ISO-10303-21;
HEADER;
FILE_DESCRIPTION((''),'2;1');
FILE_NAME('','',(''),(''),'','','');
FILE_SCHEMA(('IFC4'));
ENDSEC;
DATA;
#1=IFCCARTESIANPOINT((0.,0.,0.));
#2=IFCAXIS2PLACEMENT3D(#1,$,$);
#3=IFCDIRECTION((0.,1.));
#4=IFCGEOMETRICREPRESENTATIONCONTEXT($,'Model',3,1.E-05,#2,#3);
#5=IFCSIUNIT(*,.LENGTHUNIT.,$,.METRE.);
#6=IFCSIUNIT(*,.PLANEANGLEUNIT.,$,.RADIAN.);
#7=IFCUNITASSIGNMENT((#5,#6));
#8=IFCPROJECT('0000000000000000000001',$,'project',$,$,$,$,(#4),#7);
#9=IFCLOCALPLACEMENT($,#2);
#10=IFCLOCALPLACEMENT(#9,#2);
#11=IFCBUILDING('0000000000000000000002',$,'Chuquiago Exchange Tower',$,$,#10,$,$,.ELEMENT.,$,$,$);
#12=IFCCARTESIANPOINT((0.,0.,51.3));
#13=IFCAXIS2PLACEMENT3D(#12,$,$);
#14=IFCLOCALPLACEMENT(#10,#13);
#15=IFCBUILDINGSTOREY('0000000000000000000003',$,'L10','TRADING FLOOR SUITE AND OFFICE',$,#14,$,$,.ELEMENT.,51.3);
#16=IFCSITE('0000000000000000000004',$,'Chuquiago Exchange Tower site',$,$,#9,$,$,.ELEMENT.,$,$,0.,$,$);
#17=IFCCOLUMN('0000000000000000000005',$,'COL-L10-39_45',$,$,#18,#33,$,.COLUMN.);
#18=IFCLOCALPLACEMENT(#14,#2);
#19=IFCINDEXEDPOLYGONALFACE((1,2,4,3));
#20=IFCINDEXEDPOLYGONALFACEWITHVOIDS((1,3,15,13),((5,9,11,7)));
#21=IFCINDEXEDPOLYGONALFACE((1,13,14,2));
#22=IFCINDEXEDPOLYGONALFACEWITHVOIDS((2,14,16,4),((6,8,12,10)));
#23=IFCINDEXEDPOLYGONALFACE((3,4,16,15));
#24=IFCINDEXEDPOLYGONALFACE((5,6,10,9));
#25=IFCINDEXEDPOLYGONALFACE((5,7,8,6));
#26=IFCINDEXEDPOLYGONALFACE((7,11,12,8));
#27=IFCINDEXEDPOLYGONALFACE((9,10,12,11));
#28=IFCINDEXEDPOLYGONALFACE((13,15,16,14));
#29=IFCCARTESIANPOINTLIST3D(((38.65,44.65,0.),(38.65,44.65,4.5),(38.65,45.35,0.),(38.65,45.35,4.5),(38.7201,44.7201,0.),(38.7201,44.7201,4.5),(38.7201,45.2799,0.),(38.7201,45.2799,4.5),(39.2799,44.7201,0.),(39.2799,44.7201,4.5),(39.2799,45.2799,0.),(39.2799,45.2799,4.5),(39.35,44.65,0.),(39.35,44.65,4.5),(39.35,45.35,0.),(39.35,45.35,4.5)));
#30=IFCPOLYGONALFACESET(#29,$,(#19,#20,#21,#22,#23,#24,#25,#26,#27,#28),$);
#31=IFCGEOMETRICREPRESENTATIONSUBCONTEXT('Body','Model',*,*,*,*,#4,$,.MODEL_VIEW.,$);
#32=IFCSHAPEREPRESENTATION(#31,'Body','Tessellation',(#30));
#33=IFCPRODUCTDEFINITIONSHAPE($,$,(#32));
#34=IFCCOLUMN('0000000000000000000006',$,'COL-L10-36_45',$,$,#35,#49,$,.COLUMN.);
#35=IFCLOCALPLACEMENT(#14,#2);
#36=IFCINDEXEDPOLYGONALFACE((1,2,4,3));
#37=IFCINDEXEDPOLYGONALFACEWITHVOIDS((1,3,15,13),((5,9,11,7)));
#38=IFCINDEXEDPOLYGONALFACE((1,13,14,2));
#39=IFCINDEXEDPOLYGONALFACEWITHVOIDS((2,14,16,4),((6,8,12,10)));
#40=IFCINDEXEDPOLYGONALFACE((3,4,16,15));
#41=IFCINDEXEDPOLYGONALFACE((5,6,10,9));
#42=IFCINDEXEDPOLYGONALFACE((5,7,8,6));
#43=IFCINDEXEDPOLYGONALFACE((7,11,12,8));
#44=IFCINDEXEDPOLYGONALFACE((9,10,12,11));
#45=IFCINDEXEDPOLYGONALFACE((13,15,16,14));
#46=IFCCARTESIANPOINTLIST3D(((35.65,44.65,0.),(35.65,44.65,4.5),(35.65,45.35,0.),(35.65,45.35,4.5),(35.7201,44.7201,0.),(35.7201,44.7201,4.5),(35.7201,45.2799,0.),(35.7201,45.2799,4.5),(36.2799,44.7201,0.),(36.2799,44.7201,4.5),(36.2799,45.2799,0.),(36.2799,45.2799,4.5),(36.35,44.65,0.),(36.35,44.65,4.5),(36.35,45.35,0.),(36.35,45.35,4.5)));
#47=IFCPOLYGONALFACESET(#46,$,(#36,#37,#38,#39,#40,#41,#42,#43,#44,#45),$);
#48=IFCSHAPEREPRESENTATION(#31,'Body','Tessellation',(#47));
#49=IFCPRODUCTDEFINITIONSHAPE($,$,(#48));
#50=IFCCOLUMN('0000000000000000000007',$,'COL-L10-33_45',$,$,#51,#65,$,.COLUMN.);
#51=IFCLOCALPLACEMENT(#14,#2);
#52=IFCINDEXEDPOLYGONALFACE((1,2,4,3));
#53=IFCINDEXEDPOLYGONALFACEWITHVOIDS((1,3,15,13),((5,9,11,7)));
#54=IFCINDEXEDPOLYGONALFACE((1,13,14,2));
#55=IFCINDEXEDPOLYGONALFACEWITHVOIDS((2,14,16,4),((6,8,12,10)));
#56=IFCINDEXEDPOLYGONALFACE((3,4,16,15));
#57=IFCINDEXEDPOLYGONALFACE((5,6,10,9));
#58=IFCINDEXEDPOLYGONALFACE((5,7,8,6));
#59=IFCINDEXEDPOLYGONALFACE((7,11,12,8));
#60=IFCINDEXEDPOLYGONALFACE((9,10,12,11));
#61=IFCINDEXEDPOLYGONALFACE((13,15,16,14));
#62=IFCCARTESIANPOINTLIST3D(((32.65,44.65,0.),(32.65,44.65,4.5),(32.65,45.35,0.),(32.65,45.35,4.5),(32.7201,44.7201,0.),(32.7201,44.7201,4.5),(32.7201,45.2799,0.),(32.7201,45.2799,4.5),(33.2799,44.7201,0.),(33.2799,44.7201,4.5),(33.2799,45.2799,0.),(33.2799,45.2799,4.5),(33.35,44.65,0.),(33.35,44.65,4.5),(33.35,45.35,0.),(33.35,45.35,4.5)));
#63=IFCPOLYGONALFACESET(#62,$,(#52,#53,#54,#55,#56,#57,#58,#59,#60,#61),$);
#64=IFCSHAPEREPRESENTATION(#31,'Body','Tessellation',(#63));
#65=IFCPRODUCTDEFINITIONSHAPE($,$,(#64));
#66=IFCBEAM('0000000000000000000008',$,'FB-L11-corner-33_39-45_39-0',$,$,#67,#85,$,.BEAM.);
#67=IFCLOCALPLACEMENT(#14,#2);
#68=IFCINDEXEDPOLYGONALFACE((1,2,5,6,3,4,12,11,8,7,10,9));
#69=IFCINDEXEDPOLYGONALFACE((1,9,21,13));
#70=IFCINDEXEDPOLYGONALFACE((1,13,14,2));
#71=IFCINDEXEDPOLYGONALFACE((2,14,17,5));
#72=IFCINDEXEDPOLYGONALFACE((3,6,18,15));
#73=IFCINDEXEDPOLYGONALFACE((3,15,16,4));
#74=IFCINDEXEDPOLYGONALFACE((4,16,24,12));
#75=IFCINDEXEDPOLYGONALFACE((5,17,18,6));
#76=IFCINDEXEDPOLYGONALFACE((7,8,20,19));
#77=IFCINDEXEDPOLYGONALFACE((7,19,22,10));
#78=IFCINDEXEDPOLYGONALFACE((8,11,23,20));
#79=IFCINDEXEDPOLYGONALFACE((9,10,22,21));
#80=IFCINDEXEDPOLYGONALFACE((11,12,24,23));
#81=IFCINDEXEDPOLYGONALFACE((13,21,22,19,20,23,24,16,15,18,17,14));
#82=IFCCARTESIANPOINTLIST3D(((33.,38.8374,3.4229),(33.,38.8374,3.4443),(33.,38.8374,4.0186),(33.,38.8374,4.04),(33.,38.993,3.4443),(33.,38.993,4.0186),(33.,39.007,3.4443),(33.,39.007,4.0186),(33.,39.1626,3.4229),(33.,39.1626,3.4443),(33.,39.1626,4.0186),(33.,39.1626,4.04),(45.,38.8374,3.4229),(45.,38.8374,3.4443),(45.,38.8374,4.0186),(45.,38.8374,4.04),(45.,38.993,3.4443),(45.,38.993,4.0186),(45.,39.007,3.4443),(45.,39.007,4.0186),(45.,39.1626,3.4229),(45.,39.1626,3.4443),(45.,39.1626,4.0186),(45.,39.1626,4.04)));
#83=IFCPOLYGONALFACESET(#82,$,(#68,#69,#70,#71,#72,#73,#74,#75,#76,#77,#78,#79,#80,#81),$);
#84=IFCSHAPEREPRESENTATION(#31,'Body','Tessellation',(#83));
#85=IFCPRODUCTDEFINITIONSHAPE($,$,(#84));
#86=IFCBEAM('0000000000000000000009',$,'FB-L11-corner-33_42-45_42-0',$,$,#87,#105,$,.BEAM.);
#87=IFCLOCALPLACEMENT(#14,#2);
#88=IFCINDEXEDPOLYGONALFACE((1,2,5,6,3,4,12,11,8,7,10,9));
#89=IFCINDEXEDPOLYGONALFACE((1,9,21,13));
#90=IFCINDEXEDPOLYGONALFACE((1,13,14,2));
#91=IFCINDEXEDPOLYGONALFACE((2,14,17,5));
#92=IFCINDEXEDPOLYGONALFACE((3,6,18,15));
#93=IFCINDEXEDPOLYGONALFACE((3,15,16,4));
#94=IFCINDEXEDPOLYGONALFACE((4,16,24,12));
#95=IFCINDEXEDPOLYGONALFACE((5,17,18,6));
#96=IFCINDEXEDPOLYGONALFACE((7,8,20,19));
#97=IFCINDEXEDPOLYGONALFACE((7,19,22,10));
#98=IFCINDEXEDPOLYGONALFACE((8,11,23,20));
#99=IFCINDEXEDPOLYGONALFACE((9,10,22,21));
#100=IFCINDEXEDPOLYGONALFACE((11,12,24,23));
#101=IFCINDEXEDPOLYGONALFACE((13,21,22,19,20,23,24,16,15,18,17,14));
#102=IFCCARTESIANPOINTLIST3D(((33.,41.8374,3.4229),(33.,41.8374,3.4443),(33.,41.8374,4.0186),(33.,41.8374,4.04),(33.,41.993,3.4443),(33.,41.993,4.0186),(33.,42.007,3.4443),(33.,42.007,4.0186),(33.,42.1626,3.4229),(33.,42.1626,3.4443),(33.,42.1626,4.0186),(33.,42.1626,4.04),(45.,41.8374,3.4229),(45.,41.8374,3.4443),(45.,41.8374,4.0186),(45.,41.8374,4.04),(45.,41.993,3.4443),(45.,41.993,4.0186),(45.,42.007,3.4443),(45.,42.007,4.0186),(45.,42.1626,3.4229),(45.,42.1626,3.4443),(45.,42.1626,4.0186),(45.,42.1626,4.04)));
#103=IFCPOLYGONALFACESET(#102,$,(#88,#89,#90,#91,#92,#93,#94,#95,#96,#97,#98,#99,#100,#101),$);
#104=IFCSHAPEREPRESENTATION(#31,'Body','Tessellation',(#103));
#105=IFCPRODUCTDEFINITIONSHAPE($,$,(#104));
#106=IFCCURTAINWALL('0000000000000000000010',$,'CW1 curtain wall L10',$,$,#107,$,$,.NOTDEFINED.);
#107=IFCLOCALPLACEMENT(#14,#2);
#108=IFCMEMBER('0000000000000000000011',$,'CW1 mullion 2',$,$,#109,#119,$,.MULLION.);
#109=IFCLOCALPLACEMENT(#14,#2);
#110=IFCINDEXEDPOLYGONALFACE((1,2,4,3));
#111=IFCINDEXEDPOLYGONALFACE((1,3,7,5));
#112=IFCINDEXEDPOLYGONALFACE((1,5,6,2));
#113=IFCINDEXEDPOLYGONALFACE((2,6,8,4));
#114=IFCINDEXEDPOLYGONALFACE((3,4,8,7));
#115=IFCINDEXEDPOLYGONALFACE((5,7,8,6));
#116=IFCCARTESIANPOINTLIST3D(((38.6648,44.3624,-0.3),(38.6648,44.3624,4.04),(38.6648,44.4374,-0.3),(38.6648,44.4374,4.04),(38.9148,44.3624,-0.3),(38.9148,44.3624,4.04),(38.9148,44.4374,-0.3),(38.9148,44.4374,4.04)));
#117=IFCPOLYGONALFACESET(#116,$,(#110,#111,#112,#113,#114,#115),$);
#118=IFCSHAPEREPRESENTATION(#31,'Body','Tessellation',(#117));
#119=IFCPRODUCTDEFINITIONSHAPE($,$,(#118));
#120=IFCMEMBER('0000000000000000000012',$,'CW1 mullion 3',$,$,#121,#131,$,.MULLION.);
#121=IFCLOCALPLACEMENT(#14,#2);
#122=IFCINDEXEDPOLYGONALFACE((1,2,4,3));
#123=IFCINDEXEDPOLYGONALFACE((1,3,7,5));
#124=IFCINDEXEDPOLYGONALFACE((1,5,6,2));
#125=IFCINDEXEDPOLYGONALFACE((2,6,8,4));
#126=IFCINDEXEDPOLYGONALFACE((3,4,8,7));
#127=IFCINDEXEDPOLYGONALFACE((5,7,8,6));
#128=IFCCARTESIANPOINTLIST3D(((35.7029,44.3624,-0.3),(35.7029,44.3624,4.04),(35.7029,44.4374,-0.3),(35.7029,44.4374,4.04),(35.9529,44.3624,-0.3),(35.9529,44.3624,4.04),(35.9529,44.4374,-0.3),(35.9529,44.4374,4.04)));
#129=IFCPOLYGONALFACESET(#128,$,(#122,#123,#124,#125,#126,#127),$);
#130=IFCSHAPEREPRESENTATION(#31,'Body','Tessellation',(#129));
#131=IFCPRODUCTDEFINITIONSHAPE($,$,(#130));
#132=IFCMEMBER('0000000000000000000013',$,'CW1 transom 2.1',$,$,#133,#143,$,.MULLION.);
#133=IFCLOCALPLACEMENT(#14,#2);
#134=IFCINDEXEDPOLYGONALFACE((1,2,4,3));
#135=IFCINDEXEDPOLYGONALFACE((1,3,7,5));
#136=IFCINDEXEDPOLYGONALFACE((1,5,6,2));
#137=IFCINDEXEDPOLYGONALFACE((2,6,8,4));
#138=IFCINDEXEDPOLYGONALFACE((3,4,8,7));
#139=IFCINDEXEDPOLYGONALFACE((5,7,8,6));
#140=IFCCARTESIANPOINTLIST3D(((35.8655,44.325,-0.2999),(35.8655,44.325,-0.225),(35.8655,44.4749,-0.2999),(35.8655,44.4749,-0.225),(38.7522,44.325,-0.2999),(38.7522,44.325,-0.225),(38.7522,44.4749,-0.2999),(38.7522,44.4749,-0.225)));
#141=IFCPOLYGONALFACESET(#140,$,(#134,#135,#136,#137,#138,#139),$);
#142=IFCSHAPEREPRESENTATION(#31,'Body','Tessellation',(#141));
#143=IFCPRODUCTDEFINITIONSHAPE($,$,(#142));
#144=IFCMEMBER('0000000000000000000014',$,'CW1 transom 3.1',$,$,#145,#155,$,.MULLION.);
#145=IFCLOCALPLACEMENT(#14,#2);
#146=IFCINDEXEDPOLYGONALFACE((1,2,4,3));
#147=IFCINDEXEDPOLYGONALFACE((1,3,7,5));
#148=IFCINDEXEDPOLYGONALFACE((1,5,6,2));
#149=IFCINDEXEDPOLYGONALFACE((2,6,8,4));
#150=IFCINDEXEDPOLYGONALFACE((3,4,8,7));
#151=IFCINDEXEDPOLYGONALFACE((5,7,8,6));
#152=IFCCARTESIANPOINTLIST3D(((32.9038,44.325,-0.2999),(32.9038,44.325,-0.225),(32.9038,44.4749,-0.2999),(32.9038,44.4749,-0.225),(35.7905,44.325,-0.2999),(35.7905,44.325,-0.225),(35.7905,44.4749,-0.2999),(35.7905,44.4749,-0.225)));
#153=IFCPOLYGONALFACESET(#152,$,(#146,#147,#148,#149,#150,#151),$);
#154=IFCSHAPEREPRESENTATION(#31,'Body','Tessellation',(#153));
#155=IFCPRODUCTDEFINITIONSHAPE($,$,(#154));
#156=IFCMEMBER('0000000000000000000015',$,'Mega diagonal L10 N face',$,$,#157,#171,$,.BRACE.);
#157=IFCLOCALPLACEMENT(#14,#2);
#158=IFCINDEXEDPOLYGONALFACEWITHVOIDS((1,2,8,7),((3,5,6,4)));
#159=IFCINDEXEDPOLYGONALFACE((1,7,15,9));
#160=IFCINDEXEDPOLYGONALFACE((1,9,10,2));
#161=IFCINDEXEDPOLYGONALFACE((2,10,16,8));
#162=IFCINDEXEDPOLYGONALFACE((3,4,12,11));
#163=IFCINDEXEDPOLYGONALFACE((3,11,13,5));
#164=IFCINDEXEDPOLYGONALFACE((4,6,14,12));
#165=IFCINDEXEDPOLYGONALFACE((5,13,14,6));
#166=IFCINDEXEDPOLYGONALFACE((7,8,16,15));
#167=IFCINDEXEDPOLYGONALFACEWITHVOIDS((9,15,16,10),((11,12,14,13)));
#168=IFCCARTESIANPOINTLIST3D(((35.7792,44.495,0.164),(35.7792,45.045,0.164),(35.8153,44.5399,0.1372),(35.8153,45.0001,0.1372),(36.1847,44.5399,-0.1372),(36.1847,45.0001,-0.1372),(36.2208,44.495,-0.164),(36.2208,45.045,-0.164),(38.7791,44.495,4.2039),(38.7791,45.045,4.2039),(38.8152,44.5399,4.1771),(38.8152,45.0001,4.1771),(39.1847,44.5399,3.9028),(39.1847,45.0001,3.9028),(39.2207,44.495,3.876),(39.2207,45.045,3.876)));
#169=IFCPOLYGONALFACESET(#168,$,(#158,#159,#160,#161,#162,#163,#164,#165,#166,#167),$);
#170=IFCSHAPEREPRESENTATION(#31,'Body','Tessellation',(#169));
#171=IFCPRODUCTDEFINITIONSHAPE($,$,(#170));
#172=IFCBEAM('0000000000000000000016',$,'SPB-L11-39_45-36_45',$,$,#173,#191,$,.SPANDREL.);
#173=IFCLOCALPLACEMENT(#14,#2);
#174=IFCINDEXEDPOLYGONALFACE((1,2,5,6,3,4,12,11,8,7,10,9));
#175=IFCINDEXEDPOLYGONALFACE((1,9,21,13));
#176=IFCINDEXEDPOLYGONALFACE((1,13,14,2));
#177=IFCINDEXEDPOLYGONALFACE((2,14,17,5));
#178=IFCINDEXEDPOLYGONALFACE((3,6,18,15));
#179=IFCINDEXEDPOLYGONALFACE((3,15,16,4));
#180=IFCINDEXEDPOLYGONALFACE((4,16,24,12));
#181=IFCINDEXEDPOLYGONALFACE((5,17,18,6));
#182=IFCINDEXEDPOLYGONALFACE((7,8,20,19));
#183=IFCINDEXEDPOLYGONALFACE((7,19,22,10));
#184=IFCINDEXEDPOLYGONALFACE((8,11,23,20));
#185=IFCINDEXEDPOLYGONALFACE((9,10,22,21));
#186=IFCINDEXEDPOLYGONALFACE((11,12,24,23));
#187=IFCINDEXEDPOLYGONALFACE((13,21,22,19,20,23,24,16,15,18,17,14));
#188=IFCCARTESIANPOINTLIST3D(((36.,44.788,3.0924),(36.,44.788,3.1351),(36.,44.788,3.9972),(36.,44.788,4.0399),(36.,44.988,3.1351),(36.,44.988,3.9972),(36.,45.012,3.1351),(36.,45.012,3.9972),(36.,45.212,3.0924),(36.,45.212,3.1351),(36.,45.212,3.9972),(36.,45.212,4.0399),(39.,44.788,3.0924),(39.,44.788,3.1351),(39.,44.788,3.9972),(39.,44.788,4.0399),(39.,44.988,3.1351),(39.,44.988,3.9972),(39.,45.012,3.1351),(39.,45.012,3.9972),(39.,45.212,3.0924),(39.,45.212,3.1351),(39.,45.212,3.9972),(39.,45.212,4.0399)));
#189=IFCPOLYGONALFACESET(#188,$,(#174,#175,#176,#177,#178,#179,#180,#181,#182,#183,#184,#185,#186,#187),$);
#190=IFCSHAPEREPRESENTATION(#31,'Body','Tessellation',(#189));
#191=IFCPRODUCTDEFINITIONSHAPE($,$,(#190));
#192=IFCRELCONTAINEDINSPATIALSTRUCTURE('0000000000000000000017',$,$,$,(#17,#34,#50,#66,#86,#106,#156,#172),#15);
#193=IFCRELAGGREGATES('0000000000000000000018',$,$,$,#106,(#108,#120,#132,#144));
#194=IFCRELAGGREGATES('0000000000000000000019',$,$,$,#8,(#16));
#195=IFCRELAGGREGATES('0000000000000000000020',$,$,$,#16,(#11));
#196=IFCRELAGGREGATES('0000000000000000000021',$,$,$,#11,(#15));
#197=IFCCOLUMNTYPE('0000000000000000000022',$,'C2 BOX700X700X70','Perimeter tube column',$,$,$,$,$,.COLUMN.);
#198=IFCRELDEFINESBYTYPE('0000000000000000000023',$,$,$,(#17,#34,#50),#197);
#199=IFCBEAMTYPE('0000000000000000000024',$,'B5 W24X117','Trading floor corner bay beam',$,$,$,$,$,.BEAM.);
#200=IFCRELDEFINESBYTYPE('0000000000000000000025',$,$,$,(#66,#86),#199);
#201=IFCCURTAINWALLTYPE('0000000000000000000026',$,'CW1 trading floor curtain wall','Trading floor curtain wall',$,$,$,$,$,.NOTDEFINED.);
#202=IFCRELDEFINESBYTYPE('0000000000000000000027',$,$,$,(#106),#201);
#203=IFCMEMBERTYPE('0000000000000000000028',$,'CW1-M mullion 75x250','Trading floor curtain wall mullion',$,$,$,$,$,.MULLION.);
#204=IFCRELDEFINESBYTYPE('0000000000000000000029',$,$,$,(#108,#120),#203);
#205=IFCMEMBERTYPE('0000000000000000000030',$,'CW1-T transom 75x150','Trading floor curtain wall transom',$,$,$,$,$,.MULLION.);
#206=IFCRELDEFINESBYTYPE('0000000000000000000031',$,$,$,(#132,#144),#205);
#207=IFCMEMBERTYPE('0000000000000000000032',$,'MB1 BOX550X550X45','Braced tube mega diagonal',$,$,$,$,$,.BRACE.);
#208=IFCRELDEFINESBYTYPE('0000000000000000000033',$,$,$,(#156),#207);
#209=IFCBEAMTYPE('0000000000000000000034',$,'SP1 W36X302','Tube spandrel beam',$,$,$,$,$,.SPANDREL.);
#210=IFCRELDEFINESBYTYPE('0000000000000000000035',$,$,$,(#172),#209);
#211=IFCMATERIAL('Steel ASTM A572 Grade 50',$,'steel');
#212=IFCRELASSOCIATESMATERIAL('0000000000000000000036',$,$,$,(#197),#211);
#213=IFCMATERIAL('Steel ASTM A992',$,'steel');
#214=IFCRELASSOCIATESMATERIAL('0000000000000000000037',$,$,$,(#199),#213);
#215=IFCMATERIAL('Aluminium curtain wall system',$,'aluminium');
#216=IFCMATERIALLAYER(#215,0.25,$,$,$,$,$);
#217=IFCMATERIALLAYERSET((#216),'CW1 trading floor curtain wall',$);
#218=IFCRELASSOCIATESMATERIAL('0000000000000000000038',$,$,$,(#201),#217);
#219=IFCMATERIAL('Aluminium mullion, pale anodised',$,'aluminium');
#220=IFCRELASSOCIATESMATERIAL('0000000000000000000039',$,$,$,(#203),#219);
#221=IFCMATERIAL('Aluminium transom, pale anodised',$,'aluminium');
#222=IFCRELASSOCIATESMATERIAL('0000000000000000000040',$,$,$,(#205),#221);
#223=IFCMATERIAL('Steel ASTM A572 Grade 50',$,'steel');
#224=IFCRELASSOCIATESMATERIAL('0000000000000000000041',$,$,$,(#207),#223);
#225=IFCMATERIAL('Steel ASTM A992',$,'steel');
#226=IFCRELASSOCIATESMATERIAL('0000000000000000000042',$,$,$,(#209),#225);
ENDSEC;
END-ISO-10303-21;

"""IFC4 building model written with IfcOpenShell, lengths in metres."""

from ifc_helpers import new_model, si_unit, direction, frame, origin, origin_2d, place, context, subcontext, project, spatial, rectangle, hollow_rectangle, i_section, extrude, material, layer, layer_set, material_profile, profile_set, type_object, element, aggregate, save


model = new_model("IFC4")

# Units and contexts
model_context = context("Model", 3, precision=1e-05, world=origin(), true_north=direction((0.0, 1.0)))
body_context = subcontext(model_context, "Body", "Model", "MODEL_VIEW")
ifc_project = project(units=[si_unit("LENGTHUNIT", "METRE"), si_unit("PLANEANGLEUNIT", "RADIAN")], contexts=[model_context])

# Site, building, storey
site_placement = place(None, origin())
site = spatial("IfcSite", under=ifc_project, at=site_placement, Name="Chuquiago Exchange Tower site", CompositionType="ELEMENT", RefElevation=0.0)
building_placement = place(site_placement, origin())
building = spatial("IfcBuilding", under=site, at=building_placement, Name="Chuquiago Exchange Tower", CompositionType="ELEMENT")
storey_placement = place(building_placement, frame((0.0, 0.0, 51.3)))
storey = spatial("IfcBuildingStorey", under=building, at=storey_placement, Name="L10", Description="TRADING FLOOR SUITE AND OFFICE", CompositionType="ELEMENT", Elevation=51.3)

# Columns
ifc_material_1 = material(Name="Steel ASTM A572 Grade 50", Category="steel")
ifc_material_profile_1 = material_profile(ifc_material_1, hollow_rectangle(XDim=0.7, YDim=0.7, WallThickness=0.0701, at=origin_2d()), Name="BOX700X700X70")
ifc_profile_set_1 = profile_set([ifc_material_profile_1], Name="Steel ASTM A572 Grade 50")
column_type = type_object("IfcColumnType", Name="C2 BOX700X700X70", Description="Perimeter tube column", PredefinedType="COLUMN", material=ifc_profile_set_1)
for number, where, z_axis, x_axis, name in (
    (1, (39.0, 45.0, 0.0), (0.0, 0.0, 1.0), (0.0, 1.0, 0.0), "COL-L10-39_45"),
    (2, (36.0, 45.0, 0.0), (0.0, 0.0, 1.0), (0.0, 1.0, 0.0), "COL-L10-36_45"),
    (3, (33.0, 45.0, 0.0), (0.0, 0.0, 1.0), (0.0, 1.0, 0.0), "COL-L10-33_45"),
):
    element("IfcColumn", number, at=place(storey_placement, frame(where, z_axis=z_axis, x_axis=x_axis)), inside=storey, type_object=column_type, Name=name, PredefinedType="COLUMN", context=body_context, shape_type="SweptSolid", body=[
        extrude(hollow_rectangle(XDim=0.7, YDim=0.7, WallThickness=0.0701, at=origin_2d()), origin(), (0.0, 0.0, 1.0), 4.5),
    ])

# Beams
ifc_material_2 = material(Name="Steel ASTM A992", Category="steel")
ifc_material_profile_2 = material_profile(ifc_material_2, i_section(OverallWidth=0.3252, OverallDepth=0.6172, WebThickness=0.0139, FlangeThickness=0.0215, at=origin_2d()), Name="W24X117")
ifc_profile_set_2 = profile_set([ifc_material_profile_2], Name="Steel ASTM A992")
beam_type_1 = type_object("IfcBeamType", Name="B5 W24X117", Description="Trading floor corner bay beam", PredefinedType="BEAM", material=ifc_profile_set_2)
for number, where, z_axis, x_axis, name in (
    (4, (33.0, 39.0, 3.7314), (1.0, 0.0, 0.0), (0.0, 1.0, 0.0), "FB-L11-corner-33_39-45_39-0"),
    (5, (33.0, 42.0, 3.7314), (1.0, 0.0, 0.0), (0.0, 1.0, 0.0), "FB-L11-corner-33_42-45_42-0"),
):
    element("IfcBeam", number, at=place(storey_placement, frame(where, z_axis=z_axis, x_axis=x_axis)), inside=storey, type_object=beam_type_1, Name=name, PredefinedType="BEAM", context=body_context, shape_type="SweptSolid", body=[
        extrude(i_section(OverallWidth=0.3252, OverallDepth=0.6172, WebThickness=0.0139, FlangeThickness=0.0215, at=origin_2d()), origin(), (0.0, 0.0, 1.0), 12.0),
    ])

# Curtain wall, members
ifc_material_3 = material(Name="Aluminium curtain wall system", Category="aluminium")
ifc_layer_1 = layer(ifc_material_3, 0.25)
ifc_layer_set_1 = layer_set([ifc_layer_1], Name="CW1 trading floor curtain wall")
curtain_wall_type = type_object("IfcCurtainWallType", Name="CW1 trading floor curtain wall", Description="Trading floor curtain wall", PredefinedType="NOTDEFINED", material=ifc_layer_set_1)
curtain_wall_placement = place(storey_placement, origin())
curtain_wall = element("IfcCurtainWall", 6, at=curtain_wall_placement, inside=storey, type_object=curtain_wall_type, Name="CW1 curtain wall L10", PredefinedType="NOTDEFINED")
ifc_material_4 = material(Name="Aluminium mullion, pale anodised", Category="aluminium")
ifc_material_profile_3 = material_profile(ifc_material_4, rectangle(XDim=0.075, YDim=0.25, at=origin_2d()), Name="AL 75x250")
ifc_profile_set_3 = profile_set([ifc_material_profile_3], Name="Aluminium mullion, pale anodised")
member_type_1 = type_object("IfcMemberType", Name="CW1-M mullion 75x250", Description="Trading floor curtain wall mullion", PredefinedType="MULLION", material=ifc_profile_set_3)
member_1_placement = place(storey_placement, frame((38.7898, 44.3999, -0.3), z_axis=(0.0, 0.0, 1.0), x_axis=(0.0, -1.0, 0.0)))
member_1 = element("IfcMember", 7, at=member_1_placement, type_object=member_type_1, Name="CW1 mullion 2", PredefinedType="MULLION", context=body_context, shape_type="SweptSolid", body=[
    extrude(rectangle(XDim=0.075, YDim=0.25, at=origin_2d()), origin(), (0.0, 0.0, 1.0), 4.3401),
])
member_2_placement = place(storey_placement, frame((35.8279, 44.3999, -0.3), z_axis=(0.0, 0.0, 1.0), x_axis=(0.0, -1.0, 0.0)))
member_2 = element("IfcMember", 8, at=member_2_placement, type_object=member_type_1, Name="CW1 mullion 3", PredefinedType="MULLION", context=body_context, shape_type="SweptSolid", body=[
    extrude(rectangle(XDim=0.075, YDim=0.25, at=origin_2d()), origin(), (0.0, 0.0, 1.0), 4.3401),
])
ifc_material_5 = material(Name="Aluminium transom, pale anodised", Category="aluminium")
ifc_material_profile_4 = material_profile(ifc_material_5, rectangle(XDim=0.1499, YDim=0.075, at=origin_2d()), Name="AL 150x75")
ifc_profile_set_4 = profile_set([ifc_material_profile_4], Name="Aluminium transom, pale anodised")
member_type_2 = type_object("IfcMemberType", Name="CW1-T transom 75x150", Description="Trading floor curtain wall transom", PredefinedType="MULLION", material=ifc_profile_set_4)
member_3_placement = place(storey_placement, frame((38.7522, 44.3999, -0.2625), z_axis=(-1.0, 0.0, 0.0), x_axis=(0.0, -1.0, 0.0)))
member_3 = element("IfcMember", 9, at=member_3_placement, type_object=member_type_2, Name="CW1 transom 2.1", PredefinedType="MULLION", context=body_context, shape_type="SweptSolid", body=[
    extrude(rectangle(XDim=0.1499, YDim=0.075, at=origin_2d()), origin(), (0.0, 0.0, 1.0), 2.8867),
])
member_4_placement = place(storey_placement, frame((35.7905, 44.3999, -0.2625), z_axis=(-1.0, 0.0, 0.0), x_axis=(0.0, -1.0, 0.0)))
member_4 = element("IfcMember", 10, at=member_4_placement, type_object=member_type_2, Name="CW1 transom 3.1", PredefinedType="MULLION", context=body_context, shape_type="SweptSolid", body=[
    extrude(rectangle(XDim=0.1499, YDim=0.075, at=origin_2d()), origin(), (0.0, 0.0, 1.0), 2.8867),
])

# Member
ifc_material_6 = material(Name="Steel ASTM A572 Grade 50", Category="steel")
ifc_material_profile_5 = material_profile(ifc_material_6, hollow_rectangle(XDim=0.55, YDim=0.55, WallThickness=0.0449, at=origin_2d()), Name="BOX550X550X45")
ifc_profile_set_5 = profile_set([ifc_material_profile_5], Name="Steel ASTM A572 Grade 50")
member_type_3 = type_object("IfcMemberType", Name="MB1 BOX550X550X45", Description="Braced tube mega diagonal", PredefinedType="BRACE", material=ifc_profile_set_5)
member_5_placement = place(storey_placement, frame((36.0, 44.77, 0.0), z_axis=(0.596174, 0.0, 0.802855), x_axis=(0.0, 1.0, 0.0)))
element("IfcMember", 11, at=member_5_placement, inside=storey, type_object=member_type_3, Name="Mega diagonal L10 N face", PredefinedType="BRACE", context=body_context, shape_type="SweptSolid", body=[
    extrude(hollow_rectangle(XDim=0.55, YDim=0.55, WallThickness=0.0449, at=origin_2d()), origin(), (0.0, 0.0, 1.0), 5.032),
])

# Beam
ifc_material_7 = material(Name="Steel ASTM A992", Category="steel")
ifc_material_profile_6 = material_profile(ifc_material_7, i_section(OverallWidth=0.4241, OverallDepth=0.9475, WebThickness=0.0239, FlangeThickness=0.0427, at=origin_2d()), Name="W36X302")
ifc_profile_set_6 = profile_set([ifc_material_profile_6], Name="Steel ASTM A992")
beam_type_2 = type_object("IfcBeamType", Name="SP1 W36X302", Description="Tube spandrel beam", PredefinedType="SPANDREL", material=ifc_profile_set_6)
for number, where, z_axis, x_axis, name in (
    (12, (39.0, 45.0, 3.5662), (-1.0, 0.0, 0.0), (0.0, -1.0, 0.0), "SPB-L11-39_45-36_45"),
):
    element("IfcBeam", number, at=place(storey_placement, frame(where, z_axis=z_axis, x_axis=x_axis)), inside=storey, type_object=beam_type_2, Name=name, PredefinedType="SPANDREL", context=body_context, shape_type="SweptSolid", body=[
        extrude(i_section(OverallWidth=0.4241, OverallDepth=0.9475, WebThickness=0.0239, FlangeThickness=0.0427, at=origin_2d()), origin(), (0.0, 0.0, 1.0), 3.0),
    ])

aggregate(curtain_wall, [member_1, member_2, member_3, member_4])

save(model, "model.ifc")
